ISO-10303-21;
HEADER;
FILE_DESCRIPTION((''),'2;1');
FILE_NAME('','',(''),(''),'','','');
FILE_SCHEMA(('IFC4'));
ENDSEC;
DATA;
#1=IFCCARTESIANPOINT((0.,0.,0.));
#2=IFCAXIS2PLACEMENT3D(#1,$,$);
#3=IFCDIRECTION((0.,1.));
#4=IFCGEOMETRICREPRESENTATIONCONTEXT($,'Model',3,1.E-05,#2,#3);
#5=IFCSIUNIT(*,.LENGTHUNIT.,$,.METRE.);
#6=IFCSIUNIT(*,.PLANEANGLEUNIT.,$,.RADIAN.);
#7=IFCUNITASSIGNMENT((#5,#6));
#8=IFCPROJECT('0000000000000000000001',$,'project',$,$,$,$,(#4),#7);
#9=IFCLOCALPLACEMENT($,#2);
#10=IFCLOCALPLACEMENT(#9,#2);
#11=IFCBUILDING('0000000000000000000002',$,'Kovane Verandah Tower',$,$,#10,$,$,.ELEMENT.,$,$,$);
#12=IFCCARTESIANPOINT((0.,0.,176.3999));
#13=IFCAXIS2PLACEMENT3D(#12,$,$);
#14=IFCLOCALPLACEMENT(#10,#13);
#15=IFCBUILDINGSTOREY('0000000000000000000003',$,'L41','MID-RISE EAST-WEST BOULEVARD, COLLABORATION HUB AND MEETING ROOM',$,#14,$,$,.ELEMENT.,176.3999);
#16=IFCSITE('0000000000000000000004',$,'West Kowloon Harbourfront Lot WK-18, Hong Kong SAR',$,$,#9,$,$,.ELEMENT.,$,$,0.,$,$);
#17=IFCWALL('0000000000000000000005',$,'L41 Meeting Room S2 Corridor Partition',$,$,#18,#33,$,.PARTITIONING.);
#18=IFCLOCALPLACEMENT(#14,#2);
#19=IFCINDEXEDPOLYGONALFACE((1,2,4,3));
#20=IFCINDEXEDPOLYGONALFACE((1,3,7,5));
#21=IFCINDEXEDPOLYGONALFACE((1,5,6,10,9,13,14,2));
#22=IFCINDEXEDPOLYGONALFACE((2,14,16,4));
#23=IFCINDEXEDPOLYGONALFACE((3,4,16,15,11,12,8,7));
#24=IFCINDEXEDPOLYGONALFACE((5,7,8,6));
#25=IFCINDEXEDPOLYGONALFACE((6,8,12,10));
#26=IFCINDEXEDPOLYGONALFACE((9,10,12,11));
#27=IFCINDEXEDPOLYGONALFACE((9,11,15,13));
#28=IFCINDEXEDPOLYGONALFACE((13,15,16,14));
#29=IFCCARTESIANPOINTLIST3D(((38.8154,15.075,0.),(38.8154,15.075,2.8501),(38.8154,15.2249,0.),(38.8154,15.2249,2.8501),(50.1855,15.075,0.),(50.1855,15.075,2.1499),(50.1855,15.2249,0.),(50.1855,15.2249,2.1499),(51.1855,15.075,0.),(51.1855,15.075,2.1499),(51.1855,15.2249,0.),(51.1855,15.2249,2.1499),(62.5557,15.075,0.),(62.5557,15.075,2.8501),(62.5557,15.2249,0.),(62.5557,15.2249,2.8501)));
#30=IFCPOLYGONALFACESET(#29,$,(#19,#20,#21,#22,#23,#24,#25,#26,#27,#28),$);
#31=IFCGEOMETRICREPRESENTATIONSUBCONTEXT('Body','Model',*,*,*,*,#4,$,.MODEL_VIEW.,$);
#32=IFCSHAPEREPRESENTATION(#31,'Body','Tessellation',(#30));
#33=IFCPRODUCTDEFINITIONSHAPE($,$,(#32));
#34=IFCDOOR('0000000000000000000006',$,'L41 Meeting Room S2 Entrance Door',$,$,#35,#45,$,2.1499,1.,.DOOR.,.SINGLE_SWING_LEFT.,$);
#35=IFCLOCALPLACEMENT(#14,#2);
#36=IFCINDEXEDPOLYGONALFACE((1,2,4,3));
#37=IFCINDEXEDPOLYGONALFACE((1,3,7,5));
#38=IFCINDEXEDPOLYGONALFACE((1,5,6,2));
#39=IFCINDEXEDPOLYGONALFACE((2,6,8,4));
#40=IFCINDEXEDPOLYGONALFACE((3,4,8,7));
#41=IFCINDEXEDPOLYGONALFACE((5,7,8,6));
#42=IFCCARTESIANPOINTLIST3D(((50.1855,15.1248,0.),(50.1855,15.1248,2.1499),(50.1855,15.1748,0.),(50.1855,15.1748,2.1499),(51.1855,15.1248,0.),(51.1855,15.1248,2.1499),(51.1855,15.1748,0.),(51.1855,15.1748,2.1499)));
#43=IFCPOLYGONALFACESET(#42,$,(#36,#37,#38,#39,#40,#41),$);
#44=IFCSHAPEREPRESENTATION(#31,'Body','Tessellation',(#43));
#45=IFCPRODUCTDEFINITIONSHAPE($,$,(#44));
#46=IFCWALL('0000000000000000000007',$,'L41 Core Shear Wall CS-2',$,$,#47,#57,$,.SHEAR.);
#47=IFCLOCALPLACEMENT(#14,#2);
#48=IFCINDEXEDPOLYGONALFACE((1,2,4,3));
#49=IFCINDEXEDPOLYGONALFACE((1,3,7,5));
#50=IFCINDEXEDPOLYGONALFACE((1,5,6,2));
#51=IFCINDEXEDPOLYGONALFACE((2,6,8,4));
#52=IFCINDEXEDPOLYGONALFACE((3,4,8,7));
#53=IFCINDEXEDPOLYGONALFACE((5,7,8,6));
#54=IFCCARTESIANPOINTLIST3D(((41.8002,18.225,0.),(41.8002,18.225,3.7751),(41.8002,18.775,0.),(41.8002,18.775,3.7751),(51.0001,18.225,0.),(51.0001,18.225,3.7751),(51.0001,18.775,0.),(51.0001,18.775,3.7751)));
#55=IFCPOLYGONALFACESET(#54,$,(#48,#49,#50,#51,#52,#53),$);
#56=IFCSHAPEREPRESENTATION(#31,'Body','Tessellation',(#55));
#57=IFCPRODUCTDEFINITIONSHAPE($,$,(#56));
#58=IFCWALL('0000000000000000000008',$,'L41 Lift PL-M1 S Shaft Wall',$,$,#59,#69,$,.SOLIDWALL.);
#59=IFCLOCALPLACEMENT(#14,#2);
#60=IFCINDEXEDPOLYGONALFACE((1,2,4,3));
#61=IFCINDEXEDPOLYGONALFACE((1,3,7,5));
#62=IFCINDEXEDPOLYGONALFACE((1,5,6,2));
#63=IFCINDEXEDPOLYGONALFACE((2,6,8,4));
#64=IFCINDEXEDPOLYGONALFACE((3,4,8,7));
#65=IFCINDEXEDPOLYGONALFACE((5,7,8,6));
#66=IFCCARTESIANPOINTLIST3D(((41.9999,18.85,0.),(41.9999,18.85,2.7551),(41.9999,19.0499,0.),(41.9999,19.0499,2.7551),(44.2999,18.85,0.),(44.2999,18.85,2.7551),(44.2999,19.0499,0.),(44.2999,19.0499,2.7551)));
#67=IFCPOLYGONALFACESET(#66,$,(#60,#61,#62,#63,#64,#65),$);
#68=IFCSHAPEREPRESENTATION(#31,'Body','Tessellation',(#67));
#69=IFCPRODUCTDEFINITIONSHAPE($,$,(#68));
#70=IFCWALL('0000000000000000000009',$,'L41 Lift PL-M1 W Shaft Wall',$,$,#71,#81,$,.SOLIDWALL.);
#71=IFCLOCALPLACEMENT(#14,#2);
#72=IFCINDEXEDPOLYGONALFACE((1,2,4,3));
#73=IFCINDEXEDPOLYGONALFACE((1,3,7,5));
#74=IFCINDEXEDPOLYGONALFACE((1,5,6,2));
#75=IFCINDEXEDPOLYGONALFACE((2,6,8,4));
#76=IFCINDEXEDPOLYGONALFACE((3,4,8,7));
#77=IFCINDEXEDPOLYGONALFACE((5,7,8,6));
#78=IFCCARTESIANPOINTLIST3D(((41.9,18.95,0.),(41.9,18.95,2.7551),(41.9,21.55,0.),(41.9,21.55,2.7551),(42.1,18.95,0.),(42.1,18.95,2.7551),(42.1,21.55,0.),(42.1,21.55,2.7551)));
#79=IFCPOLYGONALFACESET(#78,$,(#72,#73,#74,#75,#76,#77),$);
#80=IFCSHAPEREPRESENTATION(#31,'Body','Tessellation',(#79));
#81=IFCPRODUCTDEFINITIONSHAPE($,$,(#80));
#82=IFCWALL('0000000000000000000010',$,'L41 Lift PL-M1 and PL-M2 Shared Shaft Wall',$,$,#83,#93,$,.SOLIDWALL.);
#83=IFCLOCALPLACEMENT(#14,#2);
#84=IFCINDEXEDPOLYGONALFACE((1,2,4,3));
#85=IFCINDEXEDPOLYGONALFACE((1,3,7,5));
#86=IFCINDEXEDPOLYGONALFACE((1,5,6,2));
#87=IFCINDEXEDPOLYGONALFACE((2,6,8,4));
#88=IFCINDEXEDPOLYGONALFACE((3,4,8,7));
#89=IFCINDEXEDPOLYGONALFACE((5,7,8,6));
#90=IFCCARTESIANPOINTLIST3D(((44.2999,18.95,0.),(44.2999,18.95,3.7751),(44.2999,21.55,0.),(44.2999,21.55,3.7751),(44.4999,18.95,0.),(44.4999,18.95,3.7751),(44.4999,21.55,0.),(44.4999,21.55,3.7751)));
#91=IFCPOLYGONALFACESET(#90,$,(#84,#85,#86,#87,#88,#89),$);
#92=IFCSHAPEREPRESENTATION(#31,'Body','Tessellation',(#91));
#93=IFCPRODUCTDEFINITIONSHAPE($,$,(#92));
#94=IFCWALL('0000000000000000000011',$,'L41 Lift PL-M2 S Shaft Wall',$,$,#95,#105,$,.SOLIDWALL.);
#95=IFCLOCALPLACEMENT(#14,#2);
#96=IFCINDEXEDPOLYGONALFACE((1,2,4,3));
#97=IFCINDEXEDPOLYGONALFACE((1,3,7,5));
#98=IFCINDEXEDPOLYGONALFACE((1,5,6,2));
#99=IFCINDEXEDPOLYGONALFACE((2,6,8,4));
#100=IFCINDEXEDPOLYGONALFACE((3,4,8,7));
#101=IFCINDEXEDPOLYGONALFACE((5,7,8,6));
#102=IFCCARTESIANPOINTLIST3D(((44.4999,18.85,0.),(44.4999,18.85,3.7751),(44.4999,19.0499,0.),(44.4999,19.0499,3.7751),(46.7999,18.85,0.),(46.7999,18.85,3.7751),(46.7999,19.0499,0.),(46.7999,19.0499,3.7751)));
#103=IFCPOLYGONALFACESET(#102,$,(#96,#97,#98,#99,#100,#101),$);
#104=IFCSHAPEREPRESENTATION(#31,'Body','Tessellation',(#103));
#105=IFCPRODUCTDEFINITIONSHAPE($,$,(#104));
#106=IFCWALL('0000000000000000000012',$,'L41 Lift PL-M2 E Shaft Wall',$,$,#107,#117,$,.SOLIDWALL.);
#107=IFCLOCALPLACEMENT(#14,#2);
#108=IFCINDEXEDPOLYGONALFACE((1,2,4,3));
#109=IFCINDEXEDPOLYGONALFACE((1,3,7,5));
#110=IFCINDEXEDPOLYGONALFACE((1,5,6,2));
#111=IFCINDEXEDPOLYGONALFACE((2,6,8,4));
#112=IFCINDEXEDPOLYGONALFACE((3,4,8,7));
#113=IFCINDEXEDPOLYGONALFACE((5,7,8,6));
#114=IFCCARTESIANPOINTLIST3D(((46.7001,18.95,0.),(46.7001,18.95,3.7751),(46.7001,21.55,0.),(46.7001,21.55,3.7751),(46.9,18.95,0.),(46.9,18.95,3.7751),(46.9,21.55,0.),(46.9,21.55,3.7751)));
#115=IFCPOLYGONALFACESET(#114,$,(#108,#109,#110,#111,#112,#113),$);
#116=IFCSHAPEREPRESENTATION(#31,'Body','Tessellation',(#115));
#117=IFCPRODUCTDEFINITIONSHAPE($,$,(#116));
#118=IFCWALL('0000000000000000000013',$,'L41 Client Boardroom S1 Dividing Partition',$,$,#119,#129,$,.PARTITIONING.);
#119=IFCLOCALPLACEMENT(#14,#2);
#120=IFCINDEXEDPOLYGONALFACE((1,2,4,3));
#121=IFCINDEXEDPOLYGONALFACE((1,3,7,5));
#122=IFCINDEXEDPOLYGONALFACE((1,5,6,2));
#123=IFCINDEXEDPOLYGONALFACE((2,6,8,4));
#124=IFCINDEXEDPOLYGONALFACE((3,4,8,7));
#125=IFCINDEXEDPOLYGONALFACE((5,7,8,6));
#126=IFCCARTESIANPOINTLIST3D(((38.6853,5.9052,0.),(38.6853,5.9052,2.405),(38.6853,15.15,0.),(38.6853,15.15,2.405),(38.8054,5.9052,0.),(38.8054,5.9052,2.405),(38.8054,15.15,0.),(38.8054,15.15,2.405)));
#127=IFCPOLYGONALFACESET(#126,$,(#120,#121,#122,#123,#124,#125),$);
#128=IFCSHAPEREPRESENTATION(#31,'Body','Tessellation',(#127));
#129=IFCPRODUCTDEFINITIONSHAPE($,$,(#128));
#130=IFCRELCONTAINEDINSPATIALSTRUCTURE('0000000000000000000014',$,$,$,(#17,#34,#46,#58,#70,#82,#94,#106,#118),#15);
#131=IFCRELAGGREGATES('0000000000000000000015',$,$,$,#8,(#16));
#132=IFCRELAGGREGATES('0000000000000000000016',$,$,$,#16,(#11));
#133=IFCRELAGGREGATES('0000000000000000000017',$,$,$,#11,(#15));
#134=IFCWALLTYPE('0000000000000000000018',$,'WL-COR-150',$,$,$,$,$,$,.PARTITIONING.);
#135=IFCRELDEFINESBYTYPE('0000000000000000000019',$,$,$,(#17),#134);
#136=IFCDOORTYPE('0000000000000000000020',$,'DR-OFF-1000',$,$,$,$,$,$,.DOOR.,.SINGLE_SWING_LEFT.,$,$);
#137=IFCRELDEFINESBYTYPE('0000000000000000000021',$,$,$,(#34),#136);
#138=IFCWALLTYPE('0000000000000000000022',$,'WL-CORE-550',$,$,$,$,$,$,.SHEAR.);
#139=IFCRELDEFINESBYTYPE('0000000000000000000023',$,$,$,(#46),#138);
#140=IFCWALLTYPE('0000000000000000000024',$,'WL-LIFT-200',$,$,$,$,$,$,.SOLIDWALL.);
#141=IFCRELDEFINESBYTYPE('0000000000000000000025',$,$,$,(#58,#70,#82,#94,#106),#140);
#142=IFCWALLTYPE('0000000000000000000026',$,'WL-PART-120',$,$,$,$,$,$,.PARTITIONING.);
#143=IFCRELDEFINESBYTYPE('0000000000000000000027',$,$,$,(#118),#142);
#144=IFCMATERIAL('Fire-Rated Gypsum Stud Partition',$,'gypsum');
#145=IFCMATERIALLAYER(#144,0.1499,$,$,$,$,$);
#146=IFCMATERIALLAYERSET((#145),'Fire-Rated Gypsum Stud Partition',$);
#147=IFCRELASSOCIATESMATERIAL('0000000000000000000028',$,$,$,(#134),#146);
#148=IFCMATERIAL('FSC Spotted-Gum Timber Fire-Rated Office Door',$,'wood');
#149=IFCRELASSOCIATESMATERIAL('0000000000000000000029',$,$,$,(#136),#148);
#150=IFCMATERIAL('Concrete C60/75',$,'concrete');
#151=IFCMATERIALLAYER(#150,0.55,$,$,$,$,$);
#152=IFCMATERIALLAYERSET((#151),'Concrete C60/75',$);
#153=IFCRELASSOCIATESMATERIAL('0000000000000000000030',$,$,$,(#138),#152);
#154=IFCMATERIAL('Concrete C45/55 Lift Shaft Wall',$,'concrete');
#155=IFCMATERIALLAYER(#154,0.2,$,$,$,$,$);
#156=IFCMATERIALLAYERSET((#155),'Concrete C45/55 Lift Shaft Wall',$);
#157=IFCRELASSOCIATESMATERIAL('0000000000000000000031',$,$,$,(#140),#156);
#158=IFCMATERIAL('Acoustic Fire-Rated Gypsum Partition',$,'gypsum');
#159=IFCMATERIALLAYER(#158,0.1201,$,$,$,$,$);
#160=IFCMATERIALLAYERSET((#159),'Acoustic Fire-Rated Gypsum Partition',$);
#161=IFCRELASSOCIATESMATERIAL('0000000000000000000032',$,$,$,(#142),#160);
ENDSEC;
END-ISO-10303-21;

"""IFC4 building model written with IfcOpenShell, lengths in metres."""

from ifc_helpers import new_model, si_unit, direction, frame, frame_2d, origin, place, context, subcontext, project, spatial, rectangle, extrude, material, layer, layer_set, type_object, element, fill, save


model = new_model("IFC4")

# Units and contexts
model_context = context("Model", 3, precision=1e-05, world=origin(), true_north=direction((0.0, 1.0)))
body_context = subcontext(model_context, "Body", "Model", "MODEL_VIEW")
ifc_project = project(units=[si_unit("LENGTHUNIT", "METRE"), si_unit("PLANEANGLEUNIT", "RADIAN")], contexts=[model_context])

# Site, building, storey
site_placement = place(None, origin())
site = spatial("IfcSite", under=ifc_project, at=site_placement, Name="West Kowloon Harbourfront Lot WK-18, Hong Kong SAR", CompositionType="ELEMENT", RefElevation=0.0)
building_placement = place(site_placement, origin())
building = spatial("IfcBuilding", under=site, at=building_placement, Name="Kovane Verandah Tower", CompositionType="ELEMENT")
storey_placement = place(building_placement, frame((0.0, 0.0, 176.3999)))
storey = spatial("IfcBuildingStorey", under=building, at=storey_placement, Name="L41", Description="MID-RISE EAST-WEST BOULEVARD, COLLABORATION HUB AND MEETING ROOM", CompositionType="ELEMENT", Elevation=176.3999)

# Shared definitions
ifc_material_1 = material(Name="Concrete C60/75", Category="concrete")

# Shared definitions
ifc_material_2 = material(Name="Fire-Rated Gypsum Stud Partition", Category="gypsum")
ifc_layer_1 = layer(ifc_material_2, 0.1499)
ifc_layer_set_1 = layer_set([ifc_layer_1], Name="Fire-Rated Gypsum Stud Partition")
wall_type_1 = type_object("IfcWallType", Name="WL-COR-150", PredefinedType="PARTITIONING", material=ifc_layer_set_1)

# Wall, opening, door
ifc_material_3 = material(Name="FSC Spotted-Gum Timber Fire-Rated Office Door", Category="wood")
door_type_1 = type_object("IfcDoorType", Name="DR-OFF-1000", OperationType="SINGLE_SWING_LEFT", PredefinedType="DOOR", material=ifc_material_3)
wall_1_placement = place(storey_placement, frame((38.8154, 15.1499, 0.0), z_axis=(0.0, 0.0, 1.0), x_axis=(1.0, 0.0, 0.0)))
wall_1 = element("IfcWall", 1, at=wall_1_placement, inside=storey, type_object=wall_type_1, Name="L41 Meeting Room S2 Corridor Partition", PredefinedType="PARTITIONING", context=body_context, shape_type="SweptSolid", body=[
    extrude(rectangle(XDim=23.7402, YDim=0.1499, at=frame_2d((11.8701, 0.0))), origin(), (0.0, 0.0, 1.0), 2.8501),
])
opening_1_placement = place(wall_1_placement, frame((11.3701, 0.0, 0.0)))
opening_1 = element("IfcOpeningElement", 2, at=opening_1_placement, cuts=wall_1, PredefinedType="OPENING", context=body_context, shape_type="SweptSolid", body=[
    extrude(rectangle(XDim=1.0, YDim=2.1499, at=frame_2d((0.5, 1.075))), frame((0.0, 0.075, 0.0), z_axis=(0.0, -1.0, 0.0), x_axis=(1.0, 0.0, 0.0)), (0.0, 0.0, 1.0), 0.1499),
])
door_1_placement = place(opening_1_placement, origin())
door_1 = element("IfcDoor", 3, at=door_1_placement, inside=storey, type_object=door_type_1, Name="L41 Meeting Room S2 Entrance Door", OperationType="SINGLE_SWING_LEFT", OverallHeight=2.1499, OverallWidth=1.0, PredefinedType="DOOR", context=body_context, shape_type="SweptSolid", body=[
    extrude(rectangle(XDim=1.0, YDim=2.1499, at=frame_2d((0.5, 1.075))), frame((0.0, 0.0249, 0.0), z_axis=(0.0, -1.0, 0.0), x_axis=(1.0, 0.0, 0.0)), (0.0, 0.0, 1.0), 0.05),
])
fill(opening_1, door_1)

# Walls
ifc_layer_2 = layer(ifc_material_1, 0.55)
ifc_layer_set_2 = layer_set([ifc_layer_2], Name="Concrete C60/75")
wall_type_2 = type_object("IfcWallType", Name="WL-CORE-550", PredefinedType="SHEAR", material=ifc_layer_set_2)
wall_2_placement = place(storey_placement, frame((41.8, 18.5, 0.0), z_axis=(0.0, 0.0, 1.0), x_axis=(1.0, 0.0, 0.0)))
element("IfcWall", 4, at=wall_2_placement, inside=storey, type_object=wall_type_2, Name="L41 Core Shear Wall CS-2", PredefinedType="SHEAR", context=body_context, shape_type="SweptSolid", body=[
    extrude(rectangle(XDim=9.2, YDim=0.55, at=frame_2d((4.6001, 0.0))), origin(), (0.0, 0.0, 1.0), 3.7751),
])
ifc_material_4 = material(Name="Concrete C45/55 Lift Shaft Wall", Category="concrete")
ifc_layer_3 = layer(ifc_material_4, 0.2)
ifc_layer_set_3 = layer_set([ifc_layer_3], Name="Concrete C45/55 Lift Shaft Wall")
wall_type_3 = type_object("IfcWallType", Name="WL-LIFT-200", PredefinedType="SOLIDWALL", material=ifc_layer_set_3)
wall_3_placement = place(storey_placement, frame((42.0, 18.95, 0.0), z_axis=(0.0, 0.0, 1.0), x_axis=(1.0, 0.0, 0.0)))
element("IfcWall", 5, at=wall_3_placement, inside=storey, type_object=wall_type_3, Name="L41 Lift PL-M1 S Shaft Wall", PredefinedType="SOLIDWALL", context=body_context, shape_type="SweptSolid", body=[
    extrude(rectangle(XDim=2.3, YDim=0.2, at=frame_2d((1.1499, 0.0))), origin(), (0.0, 0.0, 1.0), 2.7551),
])

# Walls
wall_4_placement = place(storey_placement, frame((42.0, 21.55, 0.0), z_axis=(0.0, 0.0, 1.0), x_axis=(0.0, -1.0, 0.0)))
element("IfcWall", 6, at=wall_4_placement, inside=storey, type_object=wall_type_3, Name="L41 Lift PL-M1 W Shaft Wall", PredefinedType="SOLIDWALL", context=body_context, shape_type="SweptSolid", body=[
    extrude(rectangle(XDim=2.6001, YDim=0.2, at=frame_2d((1.3, 0.0))), origin(), (0.0, 0.0, 1.0), 2.7551),
])
wall_5_placement = place(storey_placement, frame((44.3999, 18.95, 0.0), z_axis=(0.0, 0.0, 1.0), x_axis=(0.0, 1.0, 0.0)))
element("IfcWall", 7, at=wall_5_placement, inside=storey, type_object=wall_type_3, Name="L41 Lift PL-M1 and PL-M2 Shared Shaft Wall", PredefinedType="SOLIDWALL", context=body_context, shape_type="SweptSolid", body=[
    extrude(rectangle(XDim=2.6001, YDim=0.2, at=frame_2d((1.3, 0.0))), origin(), (0.0, 0.0, 1.0), 3.7751),
])
wall_6_placement = place(storey_placement, frame((44.5, 18.95, 0.0), z_axis=(0.0, 0.0, 1.0), x_axis=(1.0, 0.0, 0.0)))
element("IfcWall", 8, at=wall_6_placement, inside=storey, type_object=wall_type_3, Name="L41 Lift PL-M2 S Shaft Wall", PredefinedType="SOLIDWALL", context=body_context, shape_type="SweptSolid", body=[
    extrude(rectangle(XDim=2.3, YDim=0.2, at=frame_2d((1.1499, 0.0))), origin(), (0.0, 0.0, 1.0), 3.7751),
])

# Walls
wall_7_placement = place(storey_placement, frame((46.8, 18.95, 0.0), z_axis=(0.0, 0.0, 1.0), x_axis=(0.0, 1.0, 0.0)))
element("IfcWall", 9, at=wall_7_placement, inside=storey, type_object=wall_type_3, Name="L41 Lift PL-M2 E Shaft Wall", PredefinedType="SOLIDWALL", context=body_context, shape_type="SweptSolid", body=[
    extrude(rectangle(XDim=2.6001, YDim=0.2, at=frame_2d((1.3, 0.0))), origin(), (0.0, 0.0, 1.0), 3.7751),
])
ifc_material_5 = material(Name="Acoustic Fire-Rated Gypsum Partition", Category="gypsum")
ifc_layer_4 = layer(ifc_material_5, 0.1201)
ifc_layer_set_4 = layer_set([ifc_layer_4], Name="Acoustic Fire-Rated Gypsum Partition")
wall_type_4 = type_object("IfcWallType", Name="WL-PART-120", PredefinedType="PARTITIONING", material=ifc_layer_set_4)
wall_8_placement = place(storey_placement, frame((38.7454, 5.905, 0.0), z_axis=(0.0, 0.0, 1.0), x_axis=(0.0, 1.0, 0.0)))
element("IfcWall", 10, at=wall_8_placement, inside=storey, type_object=wall_type_4, Name="L41 Client Boardroom S1 Dividing Partition", PredefinedType="PARTITIONING", context=body_context, shape_type="SweptSolid", body=[
    extrude(rectangle(XDim=9.2449, YDim=0.1201, at=frame_2d((4.6226, 0.0))), origin(), (0.0, 0.0, 1.0), 2.405),
])

save(model, "model.ifc")
